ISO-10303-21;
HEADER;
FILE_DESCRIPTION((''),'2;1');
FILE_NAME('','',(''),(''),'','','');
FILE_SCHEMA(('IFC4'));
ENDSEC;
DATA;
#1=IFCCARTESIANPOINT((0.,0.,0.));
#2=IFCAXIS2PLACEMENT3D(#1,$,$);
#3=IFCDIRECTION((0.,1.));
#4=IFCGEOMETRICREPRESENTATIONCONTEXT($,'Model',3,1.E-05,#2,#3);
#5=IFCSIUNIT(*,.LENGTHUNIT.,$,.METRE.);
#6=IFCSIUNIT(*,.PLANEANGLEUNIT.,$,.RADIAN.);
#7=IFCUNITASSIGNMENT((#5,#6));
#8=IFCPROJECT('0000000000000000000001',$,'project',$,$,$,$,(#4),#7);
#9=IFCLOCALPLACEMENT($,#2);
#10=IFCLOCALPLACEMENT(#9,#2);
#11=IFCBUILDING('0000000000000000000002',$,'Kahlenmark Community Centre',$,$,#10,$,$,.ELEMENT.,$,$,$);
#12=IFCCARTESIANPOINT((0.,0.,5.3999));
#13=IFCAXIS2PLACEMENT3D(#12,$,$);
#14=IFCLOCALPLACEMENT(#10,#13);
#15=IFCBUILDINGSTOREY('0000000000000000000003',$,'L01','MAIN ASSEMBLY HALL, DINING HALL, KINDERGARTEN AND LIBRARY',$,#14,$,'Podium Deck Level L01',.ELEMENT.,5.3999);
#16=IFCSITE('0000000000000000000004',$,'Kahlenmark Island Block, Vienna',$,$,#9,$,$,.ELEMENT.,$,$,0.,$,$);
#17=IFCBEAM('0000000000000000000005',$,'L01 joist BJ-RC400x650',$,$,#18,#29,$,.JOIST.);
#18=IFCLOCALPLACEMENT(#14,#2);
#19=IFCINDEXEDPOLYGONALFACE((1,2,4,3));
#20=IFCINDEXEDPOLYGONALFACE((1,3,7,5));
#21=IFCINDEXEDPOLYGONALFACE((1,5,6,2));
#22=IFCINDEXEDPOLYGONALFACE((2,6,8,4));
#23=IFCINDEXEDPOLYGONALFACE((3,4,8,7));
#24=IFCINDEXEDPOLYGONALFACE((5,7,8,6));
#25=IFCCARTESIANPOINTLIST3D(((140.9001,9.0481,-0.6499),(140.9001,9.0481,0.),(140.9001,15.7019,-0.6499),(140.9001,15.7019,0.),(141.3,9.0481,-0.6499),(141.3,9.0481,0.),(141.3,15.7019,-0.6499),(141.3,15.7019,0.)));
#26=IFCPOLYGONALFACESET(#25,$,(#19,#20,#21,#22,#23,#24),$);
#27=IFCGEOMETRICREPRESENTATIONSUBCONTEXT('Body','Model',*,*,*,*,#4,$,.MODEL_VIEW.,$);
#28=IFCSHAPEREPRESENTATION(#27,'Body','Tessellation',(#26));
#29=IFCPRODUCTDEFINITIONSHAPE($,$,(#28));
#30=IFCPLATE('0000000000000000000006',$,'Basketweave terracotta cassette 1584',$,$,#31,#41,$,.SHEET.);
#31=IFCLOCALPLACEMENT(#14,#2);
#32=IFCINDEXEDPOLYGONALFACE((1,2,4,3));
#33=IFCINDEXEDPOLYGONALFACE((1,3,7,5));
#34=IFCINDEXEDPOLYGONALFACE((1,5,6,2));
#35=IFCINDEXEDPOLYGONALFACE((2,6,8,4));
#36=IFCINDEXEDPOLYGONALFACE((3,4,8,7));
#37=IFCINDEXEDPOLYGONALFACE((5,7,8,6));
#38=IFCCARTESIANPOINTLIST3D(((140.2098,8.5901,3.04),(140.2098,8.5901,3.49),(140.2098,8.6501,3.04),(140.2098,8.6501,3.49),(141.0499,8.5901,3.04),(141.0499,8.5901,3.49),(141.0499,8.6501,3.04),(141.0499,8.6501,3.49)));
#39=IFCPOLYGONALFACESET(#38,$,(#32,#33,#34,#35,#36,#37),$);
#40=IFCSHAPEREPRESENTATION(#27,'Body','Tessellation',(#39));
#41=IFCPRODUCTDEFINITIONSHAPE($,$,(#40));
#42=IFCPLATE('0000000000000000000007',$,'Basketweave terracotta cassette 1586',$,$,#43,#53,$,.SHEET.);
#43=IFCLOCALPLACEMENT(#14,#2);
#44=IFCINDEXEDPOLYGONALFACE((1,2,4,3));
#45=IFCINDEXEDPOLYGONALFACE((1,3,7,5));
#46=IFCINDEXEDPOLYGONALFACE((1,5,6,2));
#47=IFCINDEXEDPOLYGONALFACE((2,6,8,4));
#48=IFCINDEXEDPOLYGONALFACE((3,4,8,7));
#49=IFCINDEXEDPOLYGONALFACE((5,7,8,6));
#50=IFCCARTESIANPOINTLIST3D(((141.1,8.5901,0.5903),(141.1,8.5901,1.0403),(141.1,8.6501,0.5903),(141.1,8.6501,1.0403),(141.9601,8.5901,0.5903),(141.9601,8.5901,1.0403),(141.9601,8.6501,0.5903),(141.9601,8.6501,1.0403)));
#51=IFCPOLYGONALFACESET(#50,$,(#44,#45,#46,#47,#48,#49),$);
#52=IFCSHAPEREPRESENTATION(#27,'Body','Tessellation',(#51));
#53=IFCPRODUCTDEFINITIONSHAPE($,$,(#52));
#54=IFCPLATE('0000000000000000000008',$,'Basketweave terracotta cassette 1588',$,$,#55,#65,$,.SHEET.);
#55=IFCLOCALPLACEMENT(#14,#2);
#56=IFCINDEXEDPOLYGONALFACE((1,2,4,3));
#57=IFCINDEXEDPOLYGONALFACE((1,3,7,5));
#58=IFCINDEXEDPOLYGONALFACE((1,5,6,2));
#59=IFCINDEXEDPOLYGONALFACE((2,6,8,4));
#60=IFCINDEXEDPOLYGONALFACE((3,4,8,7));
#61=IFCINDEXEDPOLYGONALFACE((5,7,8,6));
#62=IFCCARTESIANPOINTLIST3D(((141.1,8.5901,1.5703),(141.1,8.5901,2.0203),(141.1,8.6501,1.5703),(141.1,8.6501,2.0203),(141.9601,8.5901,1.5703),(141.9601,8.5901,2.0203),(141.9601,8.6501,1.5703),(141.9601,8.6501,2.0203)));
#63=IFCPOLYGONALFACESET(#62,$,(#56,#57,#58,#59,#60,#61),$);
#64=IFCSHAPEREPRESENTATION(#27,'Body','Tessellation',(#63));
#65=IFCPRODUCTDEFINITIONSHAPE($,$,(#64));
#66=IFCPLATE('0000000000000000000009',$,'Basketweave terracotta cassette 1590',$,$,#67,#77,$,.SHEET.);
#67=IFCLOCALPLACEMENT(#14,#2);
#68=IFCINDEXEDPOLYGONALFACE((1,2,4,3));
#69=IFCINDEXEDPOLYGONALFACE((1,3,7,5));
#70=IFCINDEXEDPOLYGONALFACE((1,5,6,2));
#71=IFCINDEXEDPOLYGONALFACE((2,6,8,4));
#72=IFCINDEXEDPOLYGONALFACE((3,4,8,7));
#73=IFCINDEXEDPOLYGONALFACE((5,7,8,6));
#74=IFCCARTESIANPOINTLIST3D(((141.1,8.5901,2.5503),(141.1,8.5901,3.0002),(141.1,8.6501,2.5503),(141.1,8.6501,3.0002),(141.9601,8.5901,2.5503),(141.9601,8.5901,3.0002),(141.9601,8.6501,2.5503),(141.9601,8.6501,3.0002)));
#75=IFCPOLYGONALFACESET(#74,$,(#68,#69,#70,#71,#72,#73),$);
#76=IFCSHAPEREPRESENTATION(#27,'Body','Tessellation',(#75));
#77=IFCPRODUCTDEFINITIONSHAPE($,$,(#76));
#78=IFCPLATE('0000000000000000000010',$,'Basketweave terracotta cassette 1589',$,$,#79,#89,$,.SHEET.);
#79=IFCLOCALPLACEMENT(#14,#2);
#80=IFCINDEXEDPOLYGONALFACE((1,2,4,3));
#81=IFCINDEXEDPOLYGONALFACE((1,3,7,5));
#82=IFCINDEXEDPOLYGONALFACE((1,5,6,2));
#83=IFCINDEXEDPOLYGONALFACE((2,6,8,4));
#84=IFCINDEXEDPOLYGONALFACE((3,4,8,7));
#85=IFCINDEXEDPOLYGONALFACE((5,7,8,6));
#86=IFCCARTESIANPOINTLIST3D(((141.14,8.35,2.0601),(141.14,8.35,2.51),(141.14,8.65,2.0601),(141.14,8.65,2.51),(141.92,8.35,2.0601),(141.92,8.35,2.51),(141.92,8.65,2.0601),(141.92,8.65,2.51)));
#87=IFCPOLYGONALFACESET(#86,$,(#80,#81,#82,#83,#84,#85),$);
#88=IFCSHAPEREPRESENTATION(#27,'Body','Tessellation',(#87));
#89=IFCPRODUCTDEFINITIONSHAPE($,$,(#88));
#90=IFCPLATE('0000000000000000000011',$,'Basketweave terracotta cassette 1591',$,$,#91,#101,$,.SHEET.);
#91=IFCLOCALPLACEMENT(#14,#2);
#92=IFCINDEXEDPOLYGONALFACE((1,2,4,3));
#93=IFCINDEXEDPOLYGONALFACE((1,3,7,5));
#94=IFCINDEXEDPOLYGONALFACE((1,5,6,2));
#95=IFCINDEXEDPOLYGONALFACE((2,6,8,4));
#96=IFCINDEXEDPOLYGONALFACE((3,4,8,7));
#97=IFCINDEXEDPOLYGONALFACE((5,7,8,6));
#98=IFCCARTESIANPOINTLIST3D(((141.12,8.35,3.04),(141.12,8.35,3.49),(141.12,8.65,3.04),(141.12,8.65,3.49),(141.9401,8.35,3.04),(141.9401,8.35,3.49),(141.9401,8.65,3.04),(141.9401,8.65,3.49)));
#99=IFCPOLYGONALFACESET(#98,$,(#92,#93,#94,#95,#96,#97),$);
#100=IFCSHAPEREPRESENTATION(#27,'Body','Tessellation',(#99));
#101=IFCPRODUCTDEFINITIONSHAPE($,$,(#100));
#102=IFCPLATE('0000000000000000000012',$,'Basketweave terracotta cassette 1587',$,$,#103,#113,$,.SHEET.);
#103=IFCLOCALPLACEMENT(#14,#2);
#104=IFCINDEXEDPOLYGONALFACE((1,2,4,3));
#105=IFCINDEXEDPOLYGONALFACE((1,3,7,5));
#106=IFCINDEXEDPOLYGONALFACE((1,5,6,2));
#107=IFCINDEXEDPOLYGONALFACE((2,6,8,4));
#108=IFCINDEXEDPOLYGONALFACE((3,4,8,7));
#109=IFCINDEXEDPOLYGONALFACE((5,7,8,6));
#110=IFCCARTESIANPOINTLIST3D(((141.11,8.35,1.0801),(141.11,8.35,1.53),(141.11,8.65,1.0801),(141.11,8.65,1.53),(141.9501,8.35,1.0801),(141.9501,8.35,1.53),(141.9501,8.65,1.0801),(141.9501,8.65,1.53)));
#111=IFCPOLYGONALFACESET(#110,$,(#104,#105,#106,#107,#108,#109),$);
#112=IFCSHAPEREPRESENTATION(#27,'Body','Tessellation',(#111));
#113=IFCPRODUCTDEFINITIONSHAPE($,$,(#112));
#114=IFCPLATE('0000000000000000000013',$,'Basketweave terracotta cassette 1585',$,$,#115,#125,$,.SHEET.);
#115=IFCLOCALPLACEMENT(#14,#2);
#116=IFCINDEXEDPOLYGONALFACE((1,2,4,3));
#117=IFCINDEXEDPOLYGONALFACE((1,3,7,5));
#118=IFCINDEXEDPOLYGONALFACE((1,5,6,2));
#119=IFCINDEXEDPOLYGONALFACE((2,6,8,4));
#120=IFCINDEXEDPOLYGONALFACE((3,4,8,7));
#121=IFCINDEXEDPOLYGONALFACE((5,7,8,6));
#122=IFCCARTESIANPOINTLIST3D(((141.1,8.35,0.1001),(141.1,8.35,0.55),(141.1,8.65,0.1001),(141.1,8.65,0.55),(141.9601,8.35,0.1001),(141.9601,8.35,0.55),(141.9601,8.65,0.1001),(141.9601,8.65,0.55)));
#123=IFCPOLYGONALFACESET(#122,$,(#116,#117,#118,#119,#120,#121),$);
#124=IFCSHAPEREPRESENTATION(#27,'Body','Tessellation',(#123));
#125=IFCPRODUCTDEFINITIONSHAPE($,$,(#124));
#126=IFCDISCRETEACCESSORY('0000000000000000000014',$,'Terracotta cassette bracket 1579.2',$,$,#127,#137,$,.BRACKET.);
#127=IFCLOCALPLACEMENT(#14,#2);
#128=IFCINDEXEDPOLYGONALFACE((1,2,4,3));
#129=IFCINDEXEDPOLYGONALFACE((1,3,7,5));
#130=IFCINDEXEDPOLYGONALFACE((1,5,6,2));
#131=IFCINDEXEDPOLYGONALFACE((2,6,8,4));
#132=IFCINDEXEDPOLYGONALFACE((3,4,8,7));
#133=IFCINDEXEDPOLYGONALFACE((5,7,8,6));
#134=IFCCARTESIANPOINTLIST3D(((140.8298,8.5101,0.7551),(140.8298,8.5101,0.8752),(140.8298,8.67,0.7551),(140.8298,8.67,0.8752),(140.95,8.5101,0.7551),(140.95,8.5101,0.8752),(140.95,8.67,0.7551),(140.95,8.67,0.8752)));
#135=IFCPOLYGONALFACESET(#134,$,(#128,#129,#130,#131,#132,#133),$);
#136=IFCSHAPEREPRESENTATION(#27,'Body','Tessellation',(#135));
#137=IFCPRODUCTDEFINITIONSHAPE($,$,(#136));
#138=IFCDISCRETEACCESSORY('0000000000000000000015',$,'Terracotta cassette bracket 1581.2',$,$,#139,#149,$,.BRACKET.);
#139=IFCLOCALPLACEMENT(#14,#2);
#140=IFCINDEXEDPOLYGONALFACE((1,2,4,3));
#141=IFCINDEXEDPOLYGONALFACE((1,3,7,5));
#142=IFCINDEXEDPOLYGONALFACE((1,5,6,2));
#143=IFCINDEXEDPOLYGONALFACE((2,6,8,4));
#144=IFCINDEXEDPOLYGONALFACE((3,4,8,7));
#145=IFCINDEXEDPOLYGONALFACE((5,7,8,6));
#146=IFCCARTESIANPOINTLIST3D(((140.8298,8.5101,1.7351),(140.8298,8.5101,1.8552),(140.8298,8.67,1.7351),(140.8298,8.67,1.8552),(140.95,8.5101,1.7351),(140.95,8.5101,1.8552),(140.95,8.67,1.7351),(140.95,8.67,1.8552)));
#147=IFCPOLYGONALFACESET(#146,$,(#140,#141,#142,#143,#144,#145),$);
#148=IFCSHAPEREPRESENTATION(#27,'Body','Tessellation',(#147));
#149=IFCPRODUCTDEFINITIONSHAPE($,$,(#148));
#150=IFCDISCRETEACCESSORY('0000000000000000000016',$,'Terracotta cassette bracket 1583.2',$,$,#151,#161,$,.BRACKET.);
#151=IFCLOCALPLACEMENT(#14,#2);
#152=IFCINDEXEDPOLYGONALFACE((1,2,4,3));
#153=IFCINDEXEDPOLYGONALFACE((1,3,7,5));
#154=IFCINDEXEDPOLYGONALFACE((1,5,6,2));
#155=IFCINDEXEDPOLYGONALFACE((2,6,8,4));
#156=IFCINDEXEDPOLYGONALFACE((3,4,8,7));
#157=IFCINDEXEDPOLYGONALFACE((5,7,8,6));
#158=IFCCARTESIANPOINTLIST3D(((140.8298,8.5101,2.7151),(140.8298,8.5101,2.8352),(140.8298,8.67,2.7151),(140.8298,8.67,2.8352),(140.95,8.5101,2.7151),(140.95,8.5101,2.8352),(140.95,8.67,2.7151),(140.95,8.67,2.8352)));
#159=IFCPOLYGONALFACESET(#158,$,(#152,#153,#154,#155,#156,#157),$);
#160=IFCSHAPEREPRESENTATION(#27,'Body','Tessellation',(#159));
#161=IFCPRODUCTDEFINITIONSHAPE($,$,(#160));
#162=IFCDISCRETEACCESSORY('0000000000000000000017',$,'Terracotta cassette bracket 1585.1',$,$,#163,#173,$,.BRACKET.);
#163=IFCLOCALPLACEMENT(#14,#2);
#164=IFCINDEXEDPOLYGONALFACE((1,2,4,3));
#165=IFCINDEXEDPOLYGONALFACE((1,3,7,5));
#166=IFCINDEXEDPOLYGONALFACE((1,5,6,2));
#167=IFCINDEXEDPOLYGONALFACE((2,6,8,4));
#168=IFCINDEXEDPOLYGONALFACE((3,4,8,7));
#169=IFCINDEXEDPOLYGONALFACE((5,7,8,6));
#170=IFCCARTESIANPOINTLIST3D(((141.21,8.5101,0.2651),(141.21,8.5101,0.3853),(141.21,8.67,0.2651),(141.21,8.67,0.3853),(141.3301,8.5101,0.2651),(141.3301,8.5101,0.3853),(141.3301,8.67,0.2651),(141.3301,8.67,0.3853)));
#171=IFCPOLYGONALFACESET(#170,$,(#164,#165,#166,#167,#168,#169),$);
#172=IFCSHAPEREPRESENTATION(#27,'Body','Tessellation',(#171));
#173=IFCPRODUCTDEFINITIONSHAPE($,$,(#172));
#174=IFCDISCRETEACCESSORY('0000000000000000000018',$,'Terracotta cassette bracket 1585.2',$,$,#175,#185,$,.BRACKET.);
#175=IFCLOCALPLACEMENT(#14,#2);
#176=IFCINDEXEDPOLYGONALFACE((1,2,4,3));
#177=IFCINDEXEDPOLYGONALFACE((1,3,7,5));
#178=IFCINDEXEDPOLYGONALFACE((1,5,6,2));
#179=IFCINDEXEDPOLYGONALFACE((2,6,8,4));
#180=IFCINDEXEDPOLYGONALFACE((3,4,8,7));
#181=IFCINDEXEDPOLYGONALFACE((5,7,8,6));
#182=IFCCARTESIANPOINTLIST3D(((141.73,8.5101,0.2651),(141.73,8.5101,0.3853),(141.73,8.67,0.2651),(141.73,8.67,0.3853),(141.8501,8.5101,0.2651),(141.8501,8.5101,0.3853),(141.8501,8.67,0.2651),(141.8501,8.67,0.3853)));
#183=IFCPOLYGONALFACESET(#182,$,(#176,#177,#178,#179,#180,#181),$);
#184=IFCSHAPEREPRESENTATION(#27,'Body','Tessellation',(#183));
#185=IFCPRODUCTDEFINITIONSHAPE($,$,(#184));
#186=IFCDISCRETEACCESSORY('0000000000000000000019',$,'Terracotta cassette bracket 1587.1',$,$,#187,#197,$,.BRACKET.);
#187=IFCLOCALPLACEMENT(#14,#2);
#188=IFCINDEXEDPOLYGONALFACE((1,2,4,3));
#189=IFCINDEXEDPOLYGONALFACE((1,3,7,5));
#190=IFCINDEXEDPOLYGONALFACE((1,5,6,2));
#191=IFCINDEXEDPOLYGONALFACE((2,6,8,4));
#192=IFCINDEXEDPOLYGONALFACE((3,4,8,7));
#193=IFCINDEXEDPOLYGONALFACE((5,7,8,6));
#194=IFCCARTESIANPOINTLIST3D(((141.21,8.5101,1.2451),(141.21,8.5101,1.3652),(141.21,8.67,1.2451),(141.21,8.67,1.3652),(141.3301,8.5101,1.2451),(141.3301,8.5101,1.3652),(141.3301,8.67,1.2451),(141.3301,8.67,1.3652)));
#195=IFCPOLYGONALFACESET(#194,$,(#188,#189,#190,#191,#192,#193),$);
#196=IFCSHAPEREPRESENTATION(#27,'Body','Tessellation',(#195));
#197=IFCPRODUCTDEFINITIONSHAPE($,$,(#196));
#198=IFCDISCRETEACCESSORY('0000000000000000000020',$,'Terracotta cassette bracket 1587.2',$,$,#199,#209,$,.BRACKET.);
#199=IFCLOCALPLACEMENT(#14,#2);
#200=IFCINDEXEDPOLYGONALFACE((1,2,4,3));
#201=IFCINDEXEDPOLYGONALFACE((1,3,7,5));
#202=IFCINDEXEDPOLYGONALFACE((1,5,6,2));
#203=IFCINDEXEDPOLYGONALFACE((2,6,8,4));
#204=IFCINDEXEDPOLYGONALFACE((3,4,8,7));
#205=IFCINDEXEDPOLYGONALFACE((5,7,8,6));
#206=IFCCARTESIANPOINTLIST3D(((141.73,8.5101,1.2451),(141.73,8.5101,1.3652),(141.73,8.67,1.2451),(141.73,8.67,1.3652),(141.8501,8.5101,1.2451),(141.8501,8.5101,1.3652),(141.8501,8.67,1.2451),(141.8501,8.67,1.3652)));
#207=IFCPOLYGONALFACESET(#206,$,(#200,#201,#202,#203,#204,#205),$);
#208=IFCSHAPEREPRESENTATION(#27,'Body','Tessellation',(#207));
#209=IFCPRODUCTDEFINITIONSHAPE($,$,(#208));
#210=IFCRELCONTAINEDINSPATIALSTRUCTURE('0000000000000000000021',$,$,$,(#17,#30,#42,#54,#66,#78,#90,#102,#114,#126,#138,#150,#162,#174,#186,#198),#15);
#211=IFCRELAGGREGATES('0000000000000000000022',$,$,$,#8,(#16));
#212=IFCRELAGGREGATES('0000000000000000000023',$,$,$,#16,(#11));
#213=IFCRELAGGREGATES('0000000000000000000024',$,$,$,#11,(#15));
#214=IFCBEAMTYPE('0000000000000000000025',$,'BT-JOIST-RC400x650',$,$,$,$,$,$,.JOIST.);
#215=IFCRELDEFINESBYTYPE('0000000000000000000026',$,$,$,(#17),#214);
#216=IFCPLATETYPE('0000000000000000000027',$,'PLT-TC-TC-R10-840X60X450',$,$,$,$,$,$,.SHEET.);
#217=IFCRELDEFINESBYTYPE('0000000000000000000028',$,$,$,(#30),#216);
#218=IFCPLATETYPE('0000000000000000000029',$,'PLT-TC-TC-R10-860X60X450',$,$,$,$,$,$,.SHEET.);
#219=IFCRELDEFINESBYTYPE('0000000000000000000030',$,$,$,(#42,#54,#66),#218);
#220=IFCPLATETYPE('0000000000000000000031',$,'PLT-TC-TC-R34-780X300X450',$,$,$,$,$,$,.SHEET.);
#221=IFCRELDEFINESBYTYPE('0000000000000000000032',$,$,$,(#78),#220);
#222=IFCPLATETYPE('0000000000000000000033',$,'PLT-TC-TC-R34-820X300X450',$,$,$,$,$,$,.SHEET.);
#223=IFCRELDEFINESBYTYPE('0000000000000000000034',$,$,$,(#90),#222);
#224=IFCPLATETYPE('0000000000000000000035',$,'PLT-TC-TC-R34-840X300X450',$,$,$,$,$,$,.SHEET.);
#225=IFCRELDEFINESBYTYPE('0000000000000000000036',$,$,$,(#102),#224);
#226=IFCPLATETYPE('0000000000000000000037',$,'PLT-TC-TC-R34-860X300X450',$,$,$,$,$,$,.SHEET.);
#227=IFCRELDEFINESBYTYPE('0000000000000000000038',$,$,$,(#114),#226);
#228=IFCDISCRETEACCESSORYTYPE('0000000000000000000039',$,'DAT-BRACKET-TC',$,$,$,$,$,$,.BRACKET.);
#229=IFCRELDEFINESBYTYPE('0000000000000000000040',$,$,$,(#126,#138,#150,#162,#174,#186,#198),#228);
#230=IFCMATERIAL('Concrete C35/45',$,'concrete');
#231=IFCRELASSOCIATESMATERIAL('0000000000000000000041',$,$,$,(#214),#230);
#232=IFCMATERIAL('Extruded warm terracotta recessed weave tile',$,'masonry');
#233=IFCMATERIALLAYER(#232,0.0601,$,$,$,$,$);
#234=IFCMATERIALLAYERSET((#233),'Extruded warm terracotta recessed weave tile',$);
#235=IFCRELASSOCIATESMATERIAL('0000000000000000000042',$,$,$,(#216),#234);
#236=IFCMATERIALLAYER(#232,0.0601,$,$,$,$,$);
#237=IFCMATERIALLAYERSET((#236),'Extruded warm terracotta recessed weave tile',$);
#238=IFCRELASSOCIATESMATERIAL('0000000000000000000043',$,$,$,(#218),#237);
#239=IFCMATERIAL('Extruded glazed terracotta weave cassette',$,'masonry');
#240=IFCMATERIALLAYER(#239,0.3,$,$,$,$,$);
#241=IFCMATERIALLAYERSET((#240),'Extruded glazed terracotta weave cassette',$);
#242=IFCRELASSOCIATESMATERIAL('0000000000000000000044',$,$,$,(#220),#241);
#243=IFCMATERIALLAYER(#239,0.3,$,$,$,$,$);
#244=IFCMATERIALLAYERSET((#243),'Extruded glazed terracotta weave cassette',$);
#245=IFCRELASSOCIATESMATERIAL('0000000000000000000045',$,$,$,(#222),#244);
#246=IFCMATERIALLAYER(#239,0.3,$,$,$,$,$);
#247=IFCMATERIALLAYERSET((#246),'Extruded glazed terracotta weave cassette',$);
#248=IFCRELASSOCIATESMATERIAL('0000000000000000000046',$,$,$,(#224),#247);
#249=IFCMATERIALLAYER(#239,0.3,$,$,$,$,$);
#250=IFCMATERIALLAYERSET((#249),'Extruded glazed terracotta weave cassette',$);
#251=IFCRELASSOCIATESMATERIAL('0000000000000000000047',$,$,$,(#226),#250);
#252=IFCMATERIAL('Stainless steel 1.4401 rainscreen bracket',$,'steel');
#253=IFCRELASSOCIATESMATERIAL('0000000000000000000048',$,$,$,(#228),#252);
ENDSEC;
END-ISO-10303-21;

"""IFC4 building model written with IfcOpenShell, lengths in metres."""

from ifc_helpers import new_model, si_unit, direction, frame, origin, origin_2d, place, context, subcontext, project, spatial, rectangle, extrude, material, layer, layer_set, material_profile, profile_set, type_object, element, save


model = new_model("IFC4")

# Units and contexts
model_context = context("Model", 3, precision=1e-05, world=origin(), true_north=direction((0.0, 1.0)))
body_context = subcontext(model_context, "Body", "Model", "MODEL_VIEW")
ifc_project = project(units=[si_unit("LENGTHUNIT", "METRE"), si_unit("PLANEANGLEUNIT", "RADIAN")], contexts=[model_context])

# Site, building, storey
site_placement = place(None, origin())
site = spatial("IfcSite", under=ifc_project, at=site_placement, Name="Kahlenmark Island Block, Vienna", CompositionType="ELEMENT", RefElevation=0.0)
building_placement = place(site_placement, origin())
building = spatial("IfcBuilding", under=site, at=building_placement, Name="Kahlenmark Community Centre", CompositionType="ELEMENT")
storey_placement = place(building_placement, frame((0.0, 0.0, 5.3999)))
storey = spatial("IfcBuildingStorey", under=building, at=storey_placement, Name="L01", Description="MAIN ASSEMBLY HALL, DINING HALL, KINDERGARTEN AND LIBRARY", LongName="Podium Deck Level L01", CompositionType="ELEMENT", Elevation=5.3999)

# Beam
ifc_material_1 = material(Name="Concrete C35/45", Category="concrete")
ifc_material_profile = material_profile(ifc_material_1, rectangle(XDim=0.3999, YDim=0.6499, at=origin_2d()), Name="RC 400x650")
ifc_profile_set = profile_set([ifc_material_profile], Name="Concrete C35/45")
beam_type = type_object("IfcBeamType", Name="BT-JOIST-RC400x650", PredefinedType="JOIST", material=ifc_profile_set)
beam_placement = place(storey_placement, frame((141.1001, 9.0481, -0.325), z_axis=(0.0, 1.0, 0.0), x_axis=(-1.0, 0.0, 0.0)))
element("IfcBeam", 1, at=beam_placement, inside=storey, type_object=beam_type, Name="L01 joist BJ-RC400x650", PredefinedType="JOIST", context=body_context, shape_type="SweptSolid", body=[
    extrude(rectangle(XDim=0.3999, YDim=0.6499, at=origin_2d()), origin(), (0.0, 0.0, 1.0), 6.6538),
])

# Plates
ifc_material_2 = material(Name="Extruded warm terracotta recessed weave tile", Category="masonry")
ifc_layer_1 = layer(ifc_material_2, 0.0601)
ifc_layer_set_1 = layer_set([ifc_layer_1], Name="Extruded warm terracotta recessed weave tile")
plate_type_1 = type_object("IfcPlateType", Name="PLT-TC-TC-R10-840X60X450", PredefinedType="SHEET", material=ifc_layer_set_1)
plate_1_placement = place(storey_placement, frame((140.6299, 8.6201, 3.04), z_axis=(0.0, 0.0, 1.0), x_axis=(1.0, 0.0, 0.0)))
element("IfcPlate", 2, at=plate_1_placement, inside=storey, type_object=plate_type_1, Name="Basketweave terracotta cassette 1584", PredefinedType="SHEET", context=body_context, shape_type="SweptSolid", body=[
    extrude(rectangle(XDim=0.8401, YDim=0.0601, at=origin_2d()), origin(), (0.0, 0.0, 1.0), 0.45),
])
ifc_layer_2 = layer(ifc_material_2, 0.0601)
ifc_layer_set_2 = layer_set([ifc_layer_2], Name="Extruded warm terracotta recessed weave tile")
plate_type_2 = type_object("IfcPlateType", Name="PLT-TC-TC-R10-860X60X450", PredefinedType="SHEET", material=ifc_layer_set_2)
for number, where, z_axis, x_axis, name in (
    (3, (141.53, 8.6201, 0.5903), (0.0, 0.0, 1.0), (1.0, 0.0, 0.0), "Basketweave terracotta cassette 1586"),
    (4, (141.53, 8.6201, 1.5703), (0.0, 0.0, 1.0), (1.0, 0.0, 0.0), "Basketweave terracotta cassette 1588"),
    (5, (141.53, 8.6201, 2.5503), (0.0, 0.0, 1.0), (1.0, 0.0, 0.0), "Basketweave terracotta cassette 1590"),
):
    element("IfcPlate", number, at=place(storey_placement, frame(where, z_axis=z_axis, x_axis=x_axis)), inside=storey, type_object=plate_type_2, Name=name, PredefinedType="SHEET", context=body_context, shape_type="SweptSolid", body=[
        extrude(rectangle(XDim=0.8601, YDim=0.0601, at=origin_2d()), origin(), (0.0, 0.0, 1.0), 0.45),
    ])
ifc_material_3 = material(Name="Extruded glazed terracotta weave cassette", Category="masonry")
ifc_layer_3 = layer(ifc_material_3, 0.3)
ifc_layer_set_3 = layer_set([ifc_layer_3], Name="Extruded glazed terracotta weave cassette")
plate_type_3 = type_object("IfcPlateType", Name="PLT-TC-TC-R34-780X300X450", PredefinedType="SHEET", material=ifc_layer_set_3)
plate_2_placement = place(storey_placement, frame((141.53, 8.5, 2.0601), z_axis=(0.0, 0.0, 1.0), x_axis=(1.0, 0.0, 0.0)))
element("IfcPlate", 6, at=plate_2_placement, inside=storey, type_object=plate_type_3, Name="Basketweave terracotta cassette 1589", PredefinedType="SHEET", context=body_context, shape_type="SweptSolid", body=[
    extrude(rectangle(XDim=0.78, YDim=0.3, at=origin_2d()), origin(), (0.0, 0.0, 1.0), 0.45),
])
ifc_layer_4 = layer(ifc_material_3, 0.3)
ifc_layer_set_4 = layer_set([ifc_layer_4], Name="Extruded glazed terracotta weave cassette")
plate_type_4 = type_object("IfcPlateType", Name="PLT-TC-TC-R34-820X300X450", PredefinedType="SHEET", material=ifc_layer_set_4)
plate_3_placement = place(storey_placement, frame((141.53, 8.5, 3.04), z_axis=(0.0, 0.0, 1.0), x_axis=(1.0, 0.0, 0.0)))
element("IfcPlate", 7, at=plate_3_placement, inside=storey, type_object=plate_type_4, Name="Basketweave terracotta cassette 1591", PredefinedType="SHEET", context=body_context, shape_type="SweptSolid", body=[
    extrude(rectangle(XDim=0.8201, YDim=0.3, at=origin_2d()), origin(), (0.0, 0.0, 1.0), 0.45),
])
ifc_layer_5 = layer(ifc_material_3, 0.3)
ifc_layer_set_5 = layer_set([ifc_layer_5], Name="Extruded glazed terracotta weave cassette")
plate_type_5 = type_object("IfcPlateType", Name="PLT-TC-TC-R34-840X300X450", PredefinedType="SHEET", material=ifc_layer_set_5)
plate_4_placement = place(storey_placement, frame((141.53, 8.5, 1.0801), z_axis=(0.0, 0.0, 1.0), x_axis=(1.0, 0.0, 0.0)))
element("IfcPlate", 8, at=plate_4_placement, inside=storey, type_object=plate_type_5, Name="Basketweave terracotta cassette 1587", PredefinedType="SHEET", context=body_context, shape_type="SweptSolid", body=[
    extrude(rectangle(XDim=0.8401, YDim=0.3, at=origin_2d()), origin(), (0.0, 0.0, 1.0), 0.45),
])
ifc_layer_6 = layer(ifc_material_3, 0.3)
ifc_layer_set_6 = layer_set([ifc_layer_6], Name="Extruded glazed terracotta weave cassette")
plate_type_6 = type_object("IfcPlateType", Name="PLT-TC-TC-R34-860X300X450", PredefinedType="SHEET", material=ifc_layer_set_6)
plate_5_placement = place(storey_placement, frame((141.53, 8.5, 0.1001), z_axis=(0.0, 0.0, 1.0), x_axis=(1.0, 0.0, 0.0)))
element("IfcPlate", 9, at=plate_5_placement, inside=storey, type_object=plate_type_6, Name="Basketweave terracotta cassette 1585", PredefinedType="SHEET", context=body_context, shape_type="SweptSolid", body=[
    extrude(rectangle(XDim=0.8601, YDim=0.3, at=origin_2d()), origin(), (0.0, 0.0, 1.0), 0.45),
])

# Discrete accessories
ifc_material_4 = material(Name="Stainless steel 1.4401 rainscreen bracket", Category="steel")
discrete_accessory_type = type_object("IfcDiscreteAccessoryType", Name="DAT-BRACKET-TC", PredefinedType="BRACKET", material=ifc_material_4)
for number, where, z_axis, x_axis, name in (
    (10, (140.8899, 8.5901, 0.7551), (0.0, 0.0, 1.0), (1.0, 0.0, 0.0), "Terracotta cassette bracket 1579.2"),
    (11, (140.8899, 8.5901, 1.7351), (0.0, 0.0, 1.0), (1.0, 0.0, 0.0), "Terracotta cassette bracket 1581.2"),
    (12, (140.8899, 8.5901, 2.7151), (0.0, 0.0, 1.0), (1.0, 0.0, 0.0), "Terracotta cassette bracket 1583.2"),
    (13, (141.27, 8.5901, 0.2651), (0.0, 0.0, 1.0), (1.0, 0.0, 0.0), "Terracotta cassette bracket 1585.1"),
    (14, (141.79, 8.5901, 0.2651), (0.0, 0.0, 1.0), (1.0, 0.0, 0.0), "Terracotta cassette bracket 1585.2"),
    (15, (141.27, 8.5901, 1.2451), (0.0, 0.0, 1.0), (1.0, 0.0, 0.0), "Terracotta cassette bracket 1587.1"),
    (16, (141.79, 8.5901, 1.2451), (0.0, 0.0, 1.0), (1.0, 0.0, 0.0), "Terracotta cassette bracket 1587.2"),
):
    element("IfcDiscreteAccessory", number, at=place(storey_placement, frame(where, z_axis=z_axis, x_axis=x_axis)), inside=storey, type_object=discrete_accessory_type, Name=name, PredefinedType="BRACKET", context=body_context, shape_type="SweptSolid", body=[
        extrude(rectangle(XDim=0.1201, YDim=0.1599, at=origin_2d()), origin(), (0.0, 0.0, 1.0), 0.1201),
    ])

save(model, "model.ifc")
